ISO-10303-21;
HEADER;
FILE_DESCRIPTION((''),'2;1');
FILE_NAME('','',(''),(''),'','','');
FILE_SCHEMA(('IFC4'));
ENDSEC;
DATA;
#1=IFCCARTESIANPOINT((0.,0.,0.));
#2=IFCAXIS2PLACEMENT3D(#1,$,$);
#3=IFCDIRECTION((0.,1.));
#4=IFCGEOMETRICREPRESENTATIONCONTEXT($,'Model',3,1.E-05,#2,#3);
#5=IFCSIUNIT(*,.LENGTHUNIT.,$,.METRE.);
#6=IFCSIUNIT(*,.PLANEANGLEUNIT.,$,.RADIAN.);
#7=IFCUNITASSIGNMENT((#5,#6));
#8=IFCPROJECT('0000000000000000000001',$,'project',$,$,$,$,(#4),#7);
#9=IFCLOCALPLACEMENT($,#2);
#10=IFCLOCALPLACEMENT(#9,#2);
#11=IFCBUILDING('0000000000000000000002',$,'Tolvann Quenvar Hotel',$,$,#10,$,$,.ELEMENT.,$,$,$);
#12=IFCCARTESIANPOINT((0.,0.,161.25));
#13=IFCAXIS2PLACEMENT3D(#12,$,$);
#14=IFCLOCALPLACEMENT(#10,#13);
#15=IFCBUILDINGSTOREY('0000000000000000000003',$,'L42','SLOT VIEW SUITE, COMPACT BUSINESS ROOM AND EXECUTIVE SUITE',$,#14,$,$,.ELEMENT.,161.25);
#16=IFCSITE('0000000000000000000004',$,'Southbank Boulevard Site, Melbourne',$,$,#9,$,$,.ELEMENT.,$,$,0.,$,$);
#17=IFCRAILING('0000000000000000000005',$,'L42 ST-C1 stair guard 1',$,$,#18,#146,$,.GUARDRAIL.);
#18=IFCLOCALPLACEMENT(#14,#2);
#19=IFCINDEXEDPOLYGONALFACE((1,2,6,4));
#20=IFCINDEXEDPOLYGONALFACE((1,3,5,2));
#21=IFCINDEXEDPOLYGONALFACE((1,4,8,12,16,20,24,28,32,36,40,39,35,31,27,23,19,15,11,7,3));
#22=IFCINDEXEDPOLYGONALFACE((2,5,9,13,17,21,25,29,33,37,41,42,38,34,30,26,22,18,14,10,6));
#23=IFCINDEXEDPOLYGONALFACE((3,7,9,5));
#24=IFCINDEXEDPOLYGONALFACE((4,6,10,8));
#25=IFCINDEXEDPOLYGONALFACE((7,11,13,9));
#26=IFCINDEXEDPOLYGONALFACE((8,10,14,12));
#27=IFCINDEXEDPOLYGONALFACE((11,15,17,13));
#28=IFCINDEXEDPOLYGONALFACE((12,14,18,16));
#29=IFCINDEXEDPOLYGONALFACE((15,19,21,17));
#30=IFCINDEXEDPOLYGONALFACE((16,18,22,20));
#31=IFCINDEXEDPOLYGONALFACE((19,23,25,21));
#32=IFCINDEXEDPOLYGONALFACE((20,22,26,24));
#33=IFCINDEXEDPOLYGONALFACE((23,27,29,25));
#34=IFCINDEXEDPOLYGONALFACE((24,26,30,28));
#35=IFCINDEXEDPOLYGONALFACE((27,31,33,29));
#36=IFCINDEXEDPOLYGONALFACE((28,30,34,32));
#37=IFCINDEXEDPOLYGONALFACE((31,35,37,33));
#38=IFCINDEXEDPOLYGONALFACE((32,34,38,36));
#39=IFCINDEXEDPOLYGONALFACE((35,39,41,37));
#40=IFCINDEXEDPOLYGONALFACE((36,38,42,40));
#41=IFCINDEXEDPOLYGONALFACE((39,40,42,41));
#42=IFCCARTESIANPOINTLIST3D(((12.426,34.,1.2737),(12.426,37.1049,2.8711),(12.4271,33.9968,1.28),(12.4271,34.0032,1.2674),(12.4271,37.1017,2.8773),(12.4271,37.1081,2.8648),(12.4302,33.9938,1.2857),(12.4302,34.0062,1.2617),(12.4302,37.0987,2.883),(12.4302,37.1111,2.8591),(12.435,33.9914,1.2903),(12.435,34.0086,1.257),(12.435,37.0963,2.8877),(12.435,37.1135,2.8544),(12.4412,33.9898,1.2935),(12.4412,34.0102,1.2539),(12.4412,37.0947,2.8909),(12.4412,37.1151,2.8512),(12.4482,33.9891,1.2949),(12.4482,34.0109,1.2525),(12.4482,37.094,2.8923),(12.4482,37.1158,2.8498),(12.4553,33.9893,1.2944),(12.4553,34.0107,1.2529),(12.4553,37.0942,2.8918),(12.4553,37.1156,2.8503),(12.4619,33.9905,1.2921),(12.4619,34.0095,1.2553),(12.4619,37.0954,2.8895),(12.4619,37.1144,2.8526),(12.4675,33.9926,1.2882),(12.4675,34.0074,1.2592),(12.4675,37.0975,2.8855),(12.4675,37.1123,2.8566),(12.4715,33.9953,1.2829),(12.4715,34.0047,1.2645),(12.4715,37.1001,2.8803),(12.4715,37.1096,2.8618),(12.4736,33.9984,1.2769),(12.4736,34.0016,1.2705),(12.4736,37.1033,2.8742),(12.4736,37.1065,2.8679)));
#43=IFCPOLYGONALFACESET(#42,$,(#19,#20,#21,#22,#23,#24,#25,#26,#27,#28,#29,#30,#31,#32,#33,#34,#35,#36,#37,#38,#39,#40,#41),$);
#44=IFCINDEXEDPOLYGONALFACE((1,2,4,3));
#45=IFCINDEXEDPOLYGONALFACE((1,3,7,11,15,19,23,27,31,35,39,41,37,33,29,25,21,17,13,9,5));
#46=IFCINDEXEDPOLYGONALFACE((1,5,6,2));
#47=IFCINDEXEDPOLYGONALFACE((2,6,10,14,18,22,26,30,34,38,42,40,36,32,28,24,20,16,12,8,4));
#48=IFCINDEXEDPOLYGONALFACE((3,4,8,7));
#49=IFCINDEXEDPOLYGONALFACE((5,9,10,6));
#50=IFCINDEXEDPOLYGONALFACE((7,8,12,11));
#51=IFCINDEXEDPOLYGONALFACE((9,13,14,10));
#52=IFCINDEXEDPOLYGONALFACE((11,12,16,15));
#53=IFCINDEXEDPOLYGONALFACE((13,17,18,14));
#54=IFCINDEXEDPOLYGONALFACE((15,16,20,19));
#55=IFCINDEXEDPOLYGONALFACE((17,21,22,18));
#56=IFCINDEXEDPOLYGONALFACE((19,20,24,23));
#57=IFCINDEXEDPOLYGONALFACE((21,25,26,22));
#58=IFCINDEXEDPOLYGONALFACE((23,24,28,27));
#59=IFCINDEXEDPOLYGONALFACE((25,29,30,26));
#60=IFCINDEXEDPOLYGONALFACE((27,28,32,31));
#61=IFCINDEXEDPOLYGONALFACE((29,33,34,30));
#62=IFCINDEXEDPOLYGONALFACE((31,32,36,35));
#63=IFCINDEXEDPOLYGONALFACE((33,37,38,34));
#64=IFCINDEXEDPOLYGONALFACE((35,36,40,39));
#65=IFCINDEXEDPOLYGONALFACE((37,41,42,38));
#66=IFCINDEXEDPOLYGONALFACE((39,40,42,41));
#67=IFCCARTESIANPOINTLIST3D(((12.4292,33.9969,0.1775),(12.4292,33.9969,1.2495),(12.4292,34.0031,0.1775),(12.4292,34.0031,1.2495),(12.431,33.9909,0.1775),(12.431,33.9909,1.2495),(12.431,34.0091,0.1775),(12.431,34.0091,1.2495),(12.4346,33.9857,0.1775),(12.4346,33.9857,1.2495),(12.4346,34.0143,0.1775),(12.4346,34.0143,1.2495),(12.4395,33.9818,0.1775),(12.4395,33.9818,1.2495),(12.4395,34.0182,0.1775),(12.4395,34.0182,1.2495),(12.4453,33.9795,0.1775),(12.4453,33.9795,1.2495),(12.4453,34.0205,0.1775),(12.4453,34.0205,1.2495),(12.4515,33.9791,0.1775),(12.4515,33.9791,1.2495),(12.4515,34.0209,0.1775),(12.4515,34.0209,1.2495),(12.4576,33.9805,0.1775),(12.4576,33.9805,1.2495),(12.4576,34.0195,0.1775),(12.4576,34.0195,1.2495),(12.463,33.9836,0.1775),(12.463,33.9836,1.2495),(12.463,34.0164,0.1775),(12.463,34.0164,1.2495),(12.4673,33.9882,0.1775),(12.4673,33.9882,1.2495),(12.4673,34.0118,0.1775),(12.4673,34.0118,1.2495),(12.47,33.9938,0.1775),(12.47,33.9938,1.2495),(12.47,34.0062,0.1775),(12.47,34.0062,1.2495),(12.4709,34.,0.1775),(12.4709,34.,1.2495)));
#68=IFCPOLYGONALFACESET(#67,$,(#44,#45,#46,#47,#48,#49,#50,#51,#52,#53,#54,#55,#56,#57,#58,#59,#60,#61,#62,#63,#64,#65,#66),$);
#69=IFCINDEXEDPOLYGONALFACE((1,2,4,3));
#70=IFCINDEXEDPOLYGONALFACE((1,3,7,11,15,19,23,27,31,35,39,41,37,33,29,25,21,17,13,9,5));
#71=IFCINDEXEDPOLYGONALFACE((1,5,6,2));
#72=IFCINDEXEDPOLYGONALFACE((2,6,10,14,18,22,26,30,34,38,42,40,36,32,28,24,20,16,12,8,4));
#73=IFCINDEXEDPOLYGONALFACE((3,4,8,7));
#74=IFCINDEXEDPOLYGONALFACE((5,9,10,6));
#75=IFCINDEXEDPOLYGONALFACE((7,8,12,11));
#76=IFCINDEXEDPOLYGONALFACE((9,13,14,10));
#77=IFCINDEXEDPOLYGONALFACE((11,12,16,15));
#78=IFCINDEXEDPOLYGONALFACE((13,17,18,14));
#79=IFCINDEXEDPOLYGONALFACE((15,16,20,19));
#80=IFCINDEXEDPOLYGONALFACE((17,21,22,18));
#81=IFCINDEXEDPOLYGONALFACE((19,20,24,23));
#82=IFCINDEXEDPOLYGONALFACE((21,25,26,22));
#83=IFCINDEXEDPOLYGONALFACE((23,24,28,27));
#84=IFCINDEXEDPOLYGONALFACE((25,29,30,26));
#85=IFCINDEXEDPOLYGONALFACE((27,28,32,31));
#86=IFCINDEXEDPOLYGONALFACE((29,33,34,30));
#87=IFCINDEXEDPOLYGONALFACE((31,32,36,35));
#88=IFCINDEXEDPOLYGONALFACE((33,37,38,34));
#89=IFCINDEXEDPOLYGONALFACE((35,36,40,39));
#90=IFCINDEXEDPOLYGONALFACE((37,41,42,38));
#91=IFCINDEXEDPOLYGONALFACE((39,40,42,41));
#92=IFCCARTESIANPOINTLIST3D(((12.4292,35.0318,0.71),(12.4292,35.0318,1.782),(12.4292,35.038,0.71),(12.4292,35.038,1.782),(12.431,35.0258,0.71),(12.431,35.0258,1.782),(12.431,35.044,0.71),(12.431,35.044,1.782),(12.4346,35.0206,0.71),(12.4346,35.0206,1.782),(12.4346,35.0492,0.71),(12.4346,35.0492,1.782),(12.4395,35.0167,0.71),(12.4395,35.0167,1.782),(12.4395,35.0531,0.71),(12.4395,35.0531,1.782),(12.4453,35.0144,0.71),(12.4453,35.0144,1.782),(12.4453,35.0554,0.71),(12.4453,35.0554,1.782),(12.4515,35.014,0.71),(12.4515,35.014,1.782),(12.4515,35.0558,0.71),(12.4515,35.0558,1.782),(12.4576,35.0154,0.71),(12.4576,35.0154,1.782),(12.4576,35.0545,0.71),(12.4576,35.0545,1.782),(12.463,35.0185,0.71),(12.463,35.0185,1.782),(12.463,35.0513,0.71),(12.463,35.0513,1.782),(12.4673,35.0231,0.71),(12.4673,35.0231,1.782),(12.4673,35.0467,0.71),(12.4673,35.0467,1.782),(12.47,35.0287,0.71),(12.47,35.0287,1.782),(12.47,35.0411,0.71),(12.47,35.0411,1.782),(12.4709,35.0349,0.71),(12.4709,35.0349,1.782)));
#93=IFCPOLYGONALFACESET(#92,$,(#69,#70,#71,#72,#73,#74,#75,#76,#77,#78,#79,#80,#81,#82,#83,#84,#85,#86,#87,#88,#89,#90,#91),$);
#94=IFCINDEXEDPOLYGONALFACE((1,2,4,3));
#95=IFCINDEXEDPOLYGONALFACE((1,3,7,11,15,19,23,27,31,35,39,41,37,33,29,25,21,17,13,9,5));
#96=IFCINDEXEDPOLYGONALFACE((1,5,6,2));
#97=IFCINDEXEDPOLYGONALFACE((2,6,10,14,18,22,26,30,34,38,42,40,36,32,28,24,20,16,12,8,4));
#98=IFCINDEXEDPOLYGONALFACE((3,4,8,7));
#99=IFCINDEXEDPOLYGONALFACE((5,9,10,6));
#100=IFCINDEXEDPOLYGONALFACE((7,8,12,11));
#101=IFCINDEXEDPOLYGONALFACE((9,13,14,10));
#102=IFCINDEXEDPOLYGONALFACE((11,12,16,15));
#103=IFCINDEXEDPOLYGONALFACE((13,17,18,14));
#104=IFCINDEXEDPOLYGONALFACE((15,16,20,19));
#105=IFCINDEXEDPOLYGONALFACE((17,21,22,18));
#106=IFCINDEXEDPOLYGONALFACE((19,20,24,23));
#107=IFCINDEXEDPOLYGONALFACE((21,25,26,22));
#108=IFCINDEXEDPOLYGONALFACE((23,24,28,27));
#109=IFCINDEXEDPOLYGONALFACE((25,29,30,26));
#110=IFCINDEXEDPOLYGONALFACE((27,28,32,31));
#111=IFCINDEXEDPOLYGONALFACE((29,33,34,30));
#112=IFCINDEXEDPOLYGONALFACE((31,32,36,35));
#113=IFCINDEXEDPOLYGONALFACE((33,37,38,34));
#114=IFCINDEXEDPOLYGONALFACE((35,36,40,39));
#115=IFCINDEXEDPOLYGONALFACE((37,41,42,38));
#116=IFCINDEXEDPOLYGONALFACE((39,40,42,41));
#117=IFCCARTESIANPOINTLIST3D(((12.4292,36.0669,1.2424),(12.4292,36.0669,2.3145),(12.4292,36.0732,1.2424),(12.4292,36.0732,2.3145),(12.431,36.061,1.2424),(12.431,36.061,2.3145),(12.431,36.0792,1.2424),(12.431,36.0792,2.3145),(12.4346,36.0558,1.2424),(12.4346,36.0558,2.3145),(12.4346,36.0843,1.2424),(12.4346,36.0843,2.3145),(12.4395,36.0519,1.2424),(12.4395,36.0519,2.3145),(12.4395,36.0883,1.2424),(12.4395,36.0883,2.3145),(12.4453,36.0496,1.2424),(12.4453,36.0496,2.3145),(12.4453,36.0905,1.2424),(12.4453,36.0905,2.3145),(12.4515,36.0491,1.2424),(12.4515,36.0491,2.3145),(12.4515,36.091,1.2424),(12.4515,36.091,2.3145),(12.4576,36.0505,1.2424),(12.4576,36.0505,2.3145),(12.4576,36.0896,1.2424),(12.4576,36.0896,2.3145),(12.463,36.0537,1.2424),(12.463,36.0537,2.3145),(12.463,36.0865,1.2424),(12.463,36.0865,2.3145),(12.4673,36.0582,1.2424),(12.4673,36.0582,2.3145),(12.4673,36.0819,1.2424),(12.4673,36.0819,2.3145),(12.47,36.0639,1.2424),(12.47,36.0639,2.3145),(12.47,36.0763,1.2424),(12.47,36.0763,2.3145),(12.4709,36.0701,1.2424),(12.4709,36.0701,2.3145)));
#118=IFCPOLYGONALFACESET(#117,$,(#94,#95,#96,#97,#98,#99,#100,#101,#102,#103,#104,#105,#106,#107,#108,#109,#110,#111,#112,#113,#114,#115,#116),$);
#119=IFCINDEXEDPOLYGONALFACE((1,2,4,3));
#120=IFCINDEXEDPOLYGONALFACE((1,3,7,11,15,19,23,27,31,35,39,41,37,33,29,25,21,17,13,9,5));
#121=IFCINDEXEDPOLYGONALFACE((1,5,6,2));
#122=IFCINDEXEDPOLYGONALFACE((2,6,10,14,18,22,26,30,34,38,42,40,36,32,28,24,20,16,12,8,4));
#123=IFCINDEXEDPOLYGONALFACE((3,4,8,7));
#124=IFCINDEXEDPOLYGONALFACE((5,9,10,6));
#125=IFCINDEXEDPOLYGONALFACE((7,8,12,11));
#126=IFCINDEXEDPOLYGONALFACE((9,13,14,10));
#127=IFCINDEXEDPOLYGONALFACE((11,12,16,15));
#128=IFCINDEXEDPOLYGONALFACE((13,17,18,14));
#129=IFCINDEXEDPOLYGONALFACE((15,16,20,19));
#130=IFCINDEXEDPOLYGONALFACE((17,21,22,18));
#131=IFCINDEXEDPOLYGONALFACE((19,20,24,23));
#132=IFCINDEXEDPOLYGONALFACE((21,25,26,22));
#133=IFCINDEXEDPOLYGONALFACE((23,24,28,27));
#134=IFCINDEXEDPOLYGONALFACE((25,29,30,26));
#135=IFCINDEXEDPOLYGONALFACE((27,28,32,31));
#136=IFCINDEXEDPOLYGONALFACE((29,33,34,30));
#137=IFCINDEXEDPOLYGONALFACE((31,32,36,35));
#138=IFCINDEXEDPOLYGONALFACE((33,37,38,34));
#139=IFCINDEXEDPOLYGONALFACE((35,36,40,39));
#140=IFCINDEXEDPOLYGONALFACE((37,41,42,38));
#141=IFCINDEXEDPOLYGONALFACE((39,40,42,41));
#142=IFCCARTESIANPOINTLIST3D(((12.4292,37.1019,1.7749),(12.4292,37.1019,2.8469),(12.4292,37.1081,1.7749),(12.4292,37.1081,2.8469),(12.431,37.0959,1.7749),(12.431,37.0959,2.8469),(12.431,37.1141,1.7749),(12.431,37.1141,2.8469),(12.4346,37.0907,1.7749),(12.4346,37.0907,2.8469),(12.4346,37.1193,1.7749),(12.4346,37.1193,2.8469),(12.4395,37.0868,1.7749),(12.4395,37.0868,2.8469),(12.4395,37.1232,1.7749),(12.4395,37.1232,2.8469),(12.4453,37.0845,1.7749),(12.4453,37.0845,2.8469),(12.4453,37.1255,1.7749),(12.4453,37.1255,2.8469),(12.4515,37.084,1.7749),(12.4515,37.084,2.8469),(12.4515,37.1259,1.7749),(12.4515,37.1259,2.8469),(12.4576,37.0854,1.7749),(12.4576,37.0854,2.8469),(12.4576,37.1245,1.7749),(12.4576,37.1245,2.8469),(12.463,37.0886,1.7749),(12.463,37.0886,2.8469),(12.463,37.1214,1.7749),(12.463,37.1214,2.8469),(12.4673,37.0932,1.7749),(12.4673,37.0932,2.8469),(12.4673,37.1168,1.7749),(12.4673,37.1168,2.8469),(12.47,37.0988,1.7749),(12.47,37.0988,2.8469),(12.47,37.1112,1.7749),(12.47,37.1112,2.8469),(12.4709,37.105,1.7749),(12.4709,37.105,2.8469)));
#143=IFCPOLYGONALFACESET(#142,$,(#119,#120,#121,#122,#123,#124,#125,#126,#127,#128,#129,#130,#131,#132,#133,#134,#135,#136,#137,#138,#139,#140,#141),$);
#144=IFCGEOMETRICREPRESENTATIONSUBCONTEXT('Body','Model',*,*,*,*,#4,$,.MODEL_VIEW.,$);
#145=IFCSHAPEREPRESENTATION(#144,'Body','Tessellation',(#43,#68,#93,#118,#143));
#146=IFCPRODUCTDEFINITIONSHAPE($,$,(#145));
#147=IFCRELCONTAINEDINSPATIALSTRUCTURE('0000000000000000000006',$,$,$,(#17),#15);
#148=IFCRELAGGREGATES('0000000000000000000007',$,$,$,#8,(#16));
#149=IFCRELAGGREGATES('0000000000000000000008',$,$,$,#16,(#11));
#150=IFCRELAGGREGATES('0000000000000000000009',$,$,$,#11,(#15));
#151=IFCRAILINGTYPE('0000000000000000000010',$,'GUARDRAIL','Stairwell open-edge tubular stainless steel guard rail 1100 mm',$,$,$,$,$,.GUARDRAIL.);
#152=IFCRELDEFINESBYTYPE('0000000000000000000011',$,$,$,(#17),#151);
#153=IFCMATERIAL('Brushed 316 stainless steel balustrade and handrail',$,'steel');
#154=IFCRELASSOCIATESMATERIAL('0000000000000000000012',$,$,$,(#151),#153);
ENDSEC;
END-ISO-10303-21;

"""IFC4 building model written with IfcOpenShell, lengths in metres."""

from ifc_helpers import new_model, si_unit, direction, frame, origin, origin_2d, place, context, subcontext, project, spatial, circle, extrude, material, type_object, element, save


model = new_model("IFC4")

# Units and contexts
model_context = context("Model", 3, precision=1e-05, world=origin(), true_north=direction((0.0, 1.0)))
body_context = subcontext(model_context, "Body", "Model", "MODEL_VIEW")
ifc_project = project(units=[si_unit("LENGTHUNIT", "METRE"), si_unit("PLANEANGLEUNIT", "RADIAN")], contexts=[model_context])

# Site, building, storey
site_placement = place(None, origin())
site = spatial("IfcSite", under=ifc_project, at=site_placement, Name="Southbank Boulevard Site, Melbourne", CompositionType="ELEMENT", RefElevation=0.0)
building_placement = place(site_placement, origin())
building = spatial("IfcBuilding", under=site, at=building_placement, Name="Tolvann Quenvar Hotel", CompositionType="ELEMENT")
storey_placement = place(building_placement, frame((0.0, 0.0, 161.25)))
storey = spatial("IfcBuildingStorey", under=building, at=storey_placement, Name="L42", Description="SLOT VIEW SUITE, COMPACT BUSINESS ROOM AND EXECUTIVE SUITE", CompositionType="ELEMENT", Elevation=161.25)

# Railing
ifc_material_1 = material(Name="Brushed 316 stainless steel balustrade and handrail", Category="steel")
railing_type_1 = type_object("IfcRailingType", Name="GUARDRAIL", Description="Stairwell open-edge tubular stainless steel guard rail 1100 mm", PredefinedType="GUARDRAIL", material=ifc_material_1)
railing_1_placement = place(storey_placement, frame((12.45, 34.0, 0.1775)))
element("IfcRailing", 1, at=railing_1_placement, inside=storey, type_object=railing_type_1, Name="L42 ST-C1 stair guard 1", PredefinedType="GUARDRAIL", context=body_context, shape_type="SweptSolid", body=[
    extrude(circle(Radius=0.0239, at=origin_2d()), frame((0.0, 0.0, 1.0962), z_axis=(0.0, 0.889222, 0.457476), x_axis=(-1.0, 0.0, 0.0)), (0.0, 0.0, 1.0), 3.4917),
    extrude(circle(Radius=0.021, at=origin_2d()), origin(), (0.0, 0.0, 1.0), 1.072),
    extrude(circle(Radius=0.021, at=origin_2d()), frame((0.0, 1.0349, 0.5325)), (0.0, 0.0, 1.0), 1.072),
    extrude(circle(Radius=0.021, at=origin_2d()), frame((0.0, 2.0701, 1.0649)), (0.0, 0.0, 1.0), 1.072),
    extrude(circle(Radius=0.021, at=origin_2d()), frame((0.0, 3.105, 1.5974)), (0.0, 0.0, 1.0), 1.072),
])

save(model, "model.ifc")
